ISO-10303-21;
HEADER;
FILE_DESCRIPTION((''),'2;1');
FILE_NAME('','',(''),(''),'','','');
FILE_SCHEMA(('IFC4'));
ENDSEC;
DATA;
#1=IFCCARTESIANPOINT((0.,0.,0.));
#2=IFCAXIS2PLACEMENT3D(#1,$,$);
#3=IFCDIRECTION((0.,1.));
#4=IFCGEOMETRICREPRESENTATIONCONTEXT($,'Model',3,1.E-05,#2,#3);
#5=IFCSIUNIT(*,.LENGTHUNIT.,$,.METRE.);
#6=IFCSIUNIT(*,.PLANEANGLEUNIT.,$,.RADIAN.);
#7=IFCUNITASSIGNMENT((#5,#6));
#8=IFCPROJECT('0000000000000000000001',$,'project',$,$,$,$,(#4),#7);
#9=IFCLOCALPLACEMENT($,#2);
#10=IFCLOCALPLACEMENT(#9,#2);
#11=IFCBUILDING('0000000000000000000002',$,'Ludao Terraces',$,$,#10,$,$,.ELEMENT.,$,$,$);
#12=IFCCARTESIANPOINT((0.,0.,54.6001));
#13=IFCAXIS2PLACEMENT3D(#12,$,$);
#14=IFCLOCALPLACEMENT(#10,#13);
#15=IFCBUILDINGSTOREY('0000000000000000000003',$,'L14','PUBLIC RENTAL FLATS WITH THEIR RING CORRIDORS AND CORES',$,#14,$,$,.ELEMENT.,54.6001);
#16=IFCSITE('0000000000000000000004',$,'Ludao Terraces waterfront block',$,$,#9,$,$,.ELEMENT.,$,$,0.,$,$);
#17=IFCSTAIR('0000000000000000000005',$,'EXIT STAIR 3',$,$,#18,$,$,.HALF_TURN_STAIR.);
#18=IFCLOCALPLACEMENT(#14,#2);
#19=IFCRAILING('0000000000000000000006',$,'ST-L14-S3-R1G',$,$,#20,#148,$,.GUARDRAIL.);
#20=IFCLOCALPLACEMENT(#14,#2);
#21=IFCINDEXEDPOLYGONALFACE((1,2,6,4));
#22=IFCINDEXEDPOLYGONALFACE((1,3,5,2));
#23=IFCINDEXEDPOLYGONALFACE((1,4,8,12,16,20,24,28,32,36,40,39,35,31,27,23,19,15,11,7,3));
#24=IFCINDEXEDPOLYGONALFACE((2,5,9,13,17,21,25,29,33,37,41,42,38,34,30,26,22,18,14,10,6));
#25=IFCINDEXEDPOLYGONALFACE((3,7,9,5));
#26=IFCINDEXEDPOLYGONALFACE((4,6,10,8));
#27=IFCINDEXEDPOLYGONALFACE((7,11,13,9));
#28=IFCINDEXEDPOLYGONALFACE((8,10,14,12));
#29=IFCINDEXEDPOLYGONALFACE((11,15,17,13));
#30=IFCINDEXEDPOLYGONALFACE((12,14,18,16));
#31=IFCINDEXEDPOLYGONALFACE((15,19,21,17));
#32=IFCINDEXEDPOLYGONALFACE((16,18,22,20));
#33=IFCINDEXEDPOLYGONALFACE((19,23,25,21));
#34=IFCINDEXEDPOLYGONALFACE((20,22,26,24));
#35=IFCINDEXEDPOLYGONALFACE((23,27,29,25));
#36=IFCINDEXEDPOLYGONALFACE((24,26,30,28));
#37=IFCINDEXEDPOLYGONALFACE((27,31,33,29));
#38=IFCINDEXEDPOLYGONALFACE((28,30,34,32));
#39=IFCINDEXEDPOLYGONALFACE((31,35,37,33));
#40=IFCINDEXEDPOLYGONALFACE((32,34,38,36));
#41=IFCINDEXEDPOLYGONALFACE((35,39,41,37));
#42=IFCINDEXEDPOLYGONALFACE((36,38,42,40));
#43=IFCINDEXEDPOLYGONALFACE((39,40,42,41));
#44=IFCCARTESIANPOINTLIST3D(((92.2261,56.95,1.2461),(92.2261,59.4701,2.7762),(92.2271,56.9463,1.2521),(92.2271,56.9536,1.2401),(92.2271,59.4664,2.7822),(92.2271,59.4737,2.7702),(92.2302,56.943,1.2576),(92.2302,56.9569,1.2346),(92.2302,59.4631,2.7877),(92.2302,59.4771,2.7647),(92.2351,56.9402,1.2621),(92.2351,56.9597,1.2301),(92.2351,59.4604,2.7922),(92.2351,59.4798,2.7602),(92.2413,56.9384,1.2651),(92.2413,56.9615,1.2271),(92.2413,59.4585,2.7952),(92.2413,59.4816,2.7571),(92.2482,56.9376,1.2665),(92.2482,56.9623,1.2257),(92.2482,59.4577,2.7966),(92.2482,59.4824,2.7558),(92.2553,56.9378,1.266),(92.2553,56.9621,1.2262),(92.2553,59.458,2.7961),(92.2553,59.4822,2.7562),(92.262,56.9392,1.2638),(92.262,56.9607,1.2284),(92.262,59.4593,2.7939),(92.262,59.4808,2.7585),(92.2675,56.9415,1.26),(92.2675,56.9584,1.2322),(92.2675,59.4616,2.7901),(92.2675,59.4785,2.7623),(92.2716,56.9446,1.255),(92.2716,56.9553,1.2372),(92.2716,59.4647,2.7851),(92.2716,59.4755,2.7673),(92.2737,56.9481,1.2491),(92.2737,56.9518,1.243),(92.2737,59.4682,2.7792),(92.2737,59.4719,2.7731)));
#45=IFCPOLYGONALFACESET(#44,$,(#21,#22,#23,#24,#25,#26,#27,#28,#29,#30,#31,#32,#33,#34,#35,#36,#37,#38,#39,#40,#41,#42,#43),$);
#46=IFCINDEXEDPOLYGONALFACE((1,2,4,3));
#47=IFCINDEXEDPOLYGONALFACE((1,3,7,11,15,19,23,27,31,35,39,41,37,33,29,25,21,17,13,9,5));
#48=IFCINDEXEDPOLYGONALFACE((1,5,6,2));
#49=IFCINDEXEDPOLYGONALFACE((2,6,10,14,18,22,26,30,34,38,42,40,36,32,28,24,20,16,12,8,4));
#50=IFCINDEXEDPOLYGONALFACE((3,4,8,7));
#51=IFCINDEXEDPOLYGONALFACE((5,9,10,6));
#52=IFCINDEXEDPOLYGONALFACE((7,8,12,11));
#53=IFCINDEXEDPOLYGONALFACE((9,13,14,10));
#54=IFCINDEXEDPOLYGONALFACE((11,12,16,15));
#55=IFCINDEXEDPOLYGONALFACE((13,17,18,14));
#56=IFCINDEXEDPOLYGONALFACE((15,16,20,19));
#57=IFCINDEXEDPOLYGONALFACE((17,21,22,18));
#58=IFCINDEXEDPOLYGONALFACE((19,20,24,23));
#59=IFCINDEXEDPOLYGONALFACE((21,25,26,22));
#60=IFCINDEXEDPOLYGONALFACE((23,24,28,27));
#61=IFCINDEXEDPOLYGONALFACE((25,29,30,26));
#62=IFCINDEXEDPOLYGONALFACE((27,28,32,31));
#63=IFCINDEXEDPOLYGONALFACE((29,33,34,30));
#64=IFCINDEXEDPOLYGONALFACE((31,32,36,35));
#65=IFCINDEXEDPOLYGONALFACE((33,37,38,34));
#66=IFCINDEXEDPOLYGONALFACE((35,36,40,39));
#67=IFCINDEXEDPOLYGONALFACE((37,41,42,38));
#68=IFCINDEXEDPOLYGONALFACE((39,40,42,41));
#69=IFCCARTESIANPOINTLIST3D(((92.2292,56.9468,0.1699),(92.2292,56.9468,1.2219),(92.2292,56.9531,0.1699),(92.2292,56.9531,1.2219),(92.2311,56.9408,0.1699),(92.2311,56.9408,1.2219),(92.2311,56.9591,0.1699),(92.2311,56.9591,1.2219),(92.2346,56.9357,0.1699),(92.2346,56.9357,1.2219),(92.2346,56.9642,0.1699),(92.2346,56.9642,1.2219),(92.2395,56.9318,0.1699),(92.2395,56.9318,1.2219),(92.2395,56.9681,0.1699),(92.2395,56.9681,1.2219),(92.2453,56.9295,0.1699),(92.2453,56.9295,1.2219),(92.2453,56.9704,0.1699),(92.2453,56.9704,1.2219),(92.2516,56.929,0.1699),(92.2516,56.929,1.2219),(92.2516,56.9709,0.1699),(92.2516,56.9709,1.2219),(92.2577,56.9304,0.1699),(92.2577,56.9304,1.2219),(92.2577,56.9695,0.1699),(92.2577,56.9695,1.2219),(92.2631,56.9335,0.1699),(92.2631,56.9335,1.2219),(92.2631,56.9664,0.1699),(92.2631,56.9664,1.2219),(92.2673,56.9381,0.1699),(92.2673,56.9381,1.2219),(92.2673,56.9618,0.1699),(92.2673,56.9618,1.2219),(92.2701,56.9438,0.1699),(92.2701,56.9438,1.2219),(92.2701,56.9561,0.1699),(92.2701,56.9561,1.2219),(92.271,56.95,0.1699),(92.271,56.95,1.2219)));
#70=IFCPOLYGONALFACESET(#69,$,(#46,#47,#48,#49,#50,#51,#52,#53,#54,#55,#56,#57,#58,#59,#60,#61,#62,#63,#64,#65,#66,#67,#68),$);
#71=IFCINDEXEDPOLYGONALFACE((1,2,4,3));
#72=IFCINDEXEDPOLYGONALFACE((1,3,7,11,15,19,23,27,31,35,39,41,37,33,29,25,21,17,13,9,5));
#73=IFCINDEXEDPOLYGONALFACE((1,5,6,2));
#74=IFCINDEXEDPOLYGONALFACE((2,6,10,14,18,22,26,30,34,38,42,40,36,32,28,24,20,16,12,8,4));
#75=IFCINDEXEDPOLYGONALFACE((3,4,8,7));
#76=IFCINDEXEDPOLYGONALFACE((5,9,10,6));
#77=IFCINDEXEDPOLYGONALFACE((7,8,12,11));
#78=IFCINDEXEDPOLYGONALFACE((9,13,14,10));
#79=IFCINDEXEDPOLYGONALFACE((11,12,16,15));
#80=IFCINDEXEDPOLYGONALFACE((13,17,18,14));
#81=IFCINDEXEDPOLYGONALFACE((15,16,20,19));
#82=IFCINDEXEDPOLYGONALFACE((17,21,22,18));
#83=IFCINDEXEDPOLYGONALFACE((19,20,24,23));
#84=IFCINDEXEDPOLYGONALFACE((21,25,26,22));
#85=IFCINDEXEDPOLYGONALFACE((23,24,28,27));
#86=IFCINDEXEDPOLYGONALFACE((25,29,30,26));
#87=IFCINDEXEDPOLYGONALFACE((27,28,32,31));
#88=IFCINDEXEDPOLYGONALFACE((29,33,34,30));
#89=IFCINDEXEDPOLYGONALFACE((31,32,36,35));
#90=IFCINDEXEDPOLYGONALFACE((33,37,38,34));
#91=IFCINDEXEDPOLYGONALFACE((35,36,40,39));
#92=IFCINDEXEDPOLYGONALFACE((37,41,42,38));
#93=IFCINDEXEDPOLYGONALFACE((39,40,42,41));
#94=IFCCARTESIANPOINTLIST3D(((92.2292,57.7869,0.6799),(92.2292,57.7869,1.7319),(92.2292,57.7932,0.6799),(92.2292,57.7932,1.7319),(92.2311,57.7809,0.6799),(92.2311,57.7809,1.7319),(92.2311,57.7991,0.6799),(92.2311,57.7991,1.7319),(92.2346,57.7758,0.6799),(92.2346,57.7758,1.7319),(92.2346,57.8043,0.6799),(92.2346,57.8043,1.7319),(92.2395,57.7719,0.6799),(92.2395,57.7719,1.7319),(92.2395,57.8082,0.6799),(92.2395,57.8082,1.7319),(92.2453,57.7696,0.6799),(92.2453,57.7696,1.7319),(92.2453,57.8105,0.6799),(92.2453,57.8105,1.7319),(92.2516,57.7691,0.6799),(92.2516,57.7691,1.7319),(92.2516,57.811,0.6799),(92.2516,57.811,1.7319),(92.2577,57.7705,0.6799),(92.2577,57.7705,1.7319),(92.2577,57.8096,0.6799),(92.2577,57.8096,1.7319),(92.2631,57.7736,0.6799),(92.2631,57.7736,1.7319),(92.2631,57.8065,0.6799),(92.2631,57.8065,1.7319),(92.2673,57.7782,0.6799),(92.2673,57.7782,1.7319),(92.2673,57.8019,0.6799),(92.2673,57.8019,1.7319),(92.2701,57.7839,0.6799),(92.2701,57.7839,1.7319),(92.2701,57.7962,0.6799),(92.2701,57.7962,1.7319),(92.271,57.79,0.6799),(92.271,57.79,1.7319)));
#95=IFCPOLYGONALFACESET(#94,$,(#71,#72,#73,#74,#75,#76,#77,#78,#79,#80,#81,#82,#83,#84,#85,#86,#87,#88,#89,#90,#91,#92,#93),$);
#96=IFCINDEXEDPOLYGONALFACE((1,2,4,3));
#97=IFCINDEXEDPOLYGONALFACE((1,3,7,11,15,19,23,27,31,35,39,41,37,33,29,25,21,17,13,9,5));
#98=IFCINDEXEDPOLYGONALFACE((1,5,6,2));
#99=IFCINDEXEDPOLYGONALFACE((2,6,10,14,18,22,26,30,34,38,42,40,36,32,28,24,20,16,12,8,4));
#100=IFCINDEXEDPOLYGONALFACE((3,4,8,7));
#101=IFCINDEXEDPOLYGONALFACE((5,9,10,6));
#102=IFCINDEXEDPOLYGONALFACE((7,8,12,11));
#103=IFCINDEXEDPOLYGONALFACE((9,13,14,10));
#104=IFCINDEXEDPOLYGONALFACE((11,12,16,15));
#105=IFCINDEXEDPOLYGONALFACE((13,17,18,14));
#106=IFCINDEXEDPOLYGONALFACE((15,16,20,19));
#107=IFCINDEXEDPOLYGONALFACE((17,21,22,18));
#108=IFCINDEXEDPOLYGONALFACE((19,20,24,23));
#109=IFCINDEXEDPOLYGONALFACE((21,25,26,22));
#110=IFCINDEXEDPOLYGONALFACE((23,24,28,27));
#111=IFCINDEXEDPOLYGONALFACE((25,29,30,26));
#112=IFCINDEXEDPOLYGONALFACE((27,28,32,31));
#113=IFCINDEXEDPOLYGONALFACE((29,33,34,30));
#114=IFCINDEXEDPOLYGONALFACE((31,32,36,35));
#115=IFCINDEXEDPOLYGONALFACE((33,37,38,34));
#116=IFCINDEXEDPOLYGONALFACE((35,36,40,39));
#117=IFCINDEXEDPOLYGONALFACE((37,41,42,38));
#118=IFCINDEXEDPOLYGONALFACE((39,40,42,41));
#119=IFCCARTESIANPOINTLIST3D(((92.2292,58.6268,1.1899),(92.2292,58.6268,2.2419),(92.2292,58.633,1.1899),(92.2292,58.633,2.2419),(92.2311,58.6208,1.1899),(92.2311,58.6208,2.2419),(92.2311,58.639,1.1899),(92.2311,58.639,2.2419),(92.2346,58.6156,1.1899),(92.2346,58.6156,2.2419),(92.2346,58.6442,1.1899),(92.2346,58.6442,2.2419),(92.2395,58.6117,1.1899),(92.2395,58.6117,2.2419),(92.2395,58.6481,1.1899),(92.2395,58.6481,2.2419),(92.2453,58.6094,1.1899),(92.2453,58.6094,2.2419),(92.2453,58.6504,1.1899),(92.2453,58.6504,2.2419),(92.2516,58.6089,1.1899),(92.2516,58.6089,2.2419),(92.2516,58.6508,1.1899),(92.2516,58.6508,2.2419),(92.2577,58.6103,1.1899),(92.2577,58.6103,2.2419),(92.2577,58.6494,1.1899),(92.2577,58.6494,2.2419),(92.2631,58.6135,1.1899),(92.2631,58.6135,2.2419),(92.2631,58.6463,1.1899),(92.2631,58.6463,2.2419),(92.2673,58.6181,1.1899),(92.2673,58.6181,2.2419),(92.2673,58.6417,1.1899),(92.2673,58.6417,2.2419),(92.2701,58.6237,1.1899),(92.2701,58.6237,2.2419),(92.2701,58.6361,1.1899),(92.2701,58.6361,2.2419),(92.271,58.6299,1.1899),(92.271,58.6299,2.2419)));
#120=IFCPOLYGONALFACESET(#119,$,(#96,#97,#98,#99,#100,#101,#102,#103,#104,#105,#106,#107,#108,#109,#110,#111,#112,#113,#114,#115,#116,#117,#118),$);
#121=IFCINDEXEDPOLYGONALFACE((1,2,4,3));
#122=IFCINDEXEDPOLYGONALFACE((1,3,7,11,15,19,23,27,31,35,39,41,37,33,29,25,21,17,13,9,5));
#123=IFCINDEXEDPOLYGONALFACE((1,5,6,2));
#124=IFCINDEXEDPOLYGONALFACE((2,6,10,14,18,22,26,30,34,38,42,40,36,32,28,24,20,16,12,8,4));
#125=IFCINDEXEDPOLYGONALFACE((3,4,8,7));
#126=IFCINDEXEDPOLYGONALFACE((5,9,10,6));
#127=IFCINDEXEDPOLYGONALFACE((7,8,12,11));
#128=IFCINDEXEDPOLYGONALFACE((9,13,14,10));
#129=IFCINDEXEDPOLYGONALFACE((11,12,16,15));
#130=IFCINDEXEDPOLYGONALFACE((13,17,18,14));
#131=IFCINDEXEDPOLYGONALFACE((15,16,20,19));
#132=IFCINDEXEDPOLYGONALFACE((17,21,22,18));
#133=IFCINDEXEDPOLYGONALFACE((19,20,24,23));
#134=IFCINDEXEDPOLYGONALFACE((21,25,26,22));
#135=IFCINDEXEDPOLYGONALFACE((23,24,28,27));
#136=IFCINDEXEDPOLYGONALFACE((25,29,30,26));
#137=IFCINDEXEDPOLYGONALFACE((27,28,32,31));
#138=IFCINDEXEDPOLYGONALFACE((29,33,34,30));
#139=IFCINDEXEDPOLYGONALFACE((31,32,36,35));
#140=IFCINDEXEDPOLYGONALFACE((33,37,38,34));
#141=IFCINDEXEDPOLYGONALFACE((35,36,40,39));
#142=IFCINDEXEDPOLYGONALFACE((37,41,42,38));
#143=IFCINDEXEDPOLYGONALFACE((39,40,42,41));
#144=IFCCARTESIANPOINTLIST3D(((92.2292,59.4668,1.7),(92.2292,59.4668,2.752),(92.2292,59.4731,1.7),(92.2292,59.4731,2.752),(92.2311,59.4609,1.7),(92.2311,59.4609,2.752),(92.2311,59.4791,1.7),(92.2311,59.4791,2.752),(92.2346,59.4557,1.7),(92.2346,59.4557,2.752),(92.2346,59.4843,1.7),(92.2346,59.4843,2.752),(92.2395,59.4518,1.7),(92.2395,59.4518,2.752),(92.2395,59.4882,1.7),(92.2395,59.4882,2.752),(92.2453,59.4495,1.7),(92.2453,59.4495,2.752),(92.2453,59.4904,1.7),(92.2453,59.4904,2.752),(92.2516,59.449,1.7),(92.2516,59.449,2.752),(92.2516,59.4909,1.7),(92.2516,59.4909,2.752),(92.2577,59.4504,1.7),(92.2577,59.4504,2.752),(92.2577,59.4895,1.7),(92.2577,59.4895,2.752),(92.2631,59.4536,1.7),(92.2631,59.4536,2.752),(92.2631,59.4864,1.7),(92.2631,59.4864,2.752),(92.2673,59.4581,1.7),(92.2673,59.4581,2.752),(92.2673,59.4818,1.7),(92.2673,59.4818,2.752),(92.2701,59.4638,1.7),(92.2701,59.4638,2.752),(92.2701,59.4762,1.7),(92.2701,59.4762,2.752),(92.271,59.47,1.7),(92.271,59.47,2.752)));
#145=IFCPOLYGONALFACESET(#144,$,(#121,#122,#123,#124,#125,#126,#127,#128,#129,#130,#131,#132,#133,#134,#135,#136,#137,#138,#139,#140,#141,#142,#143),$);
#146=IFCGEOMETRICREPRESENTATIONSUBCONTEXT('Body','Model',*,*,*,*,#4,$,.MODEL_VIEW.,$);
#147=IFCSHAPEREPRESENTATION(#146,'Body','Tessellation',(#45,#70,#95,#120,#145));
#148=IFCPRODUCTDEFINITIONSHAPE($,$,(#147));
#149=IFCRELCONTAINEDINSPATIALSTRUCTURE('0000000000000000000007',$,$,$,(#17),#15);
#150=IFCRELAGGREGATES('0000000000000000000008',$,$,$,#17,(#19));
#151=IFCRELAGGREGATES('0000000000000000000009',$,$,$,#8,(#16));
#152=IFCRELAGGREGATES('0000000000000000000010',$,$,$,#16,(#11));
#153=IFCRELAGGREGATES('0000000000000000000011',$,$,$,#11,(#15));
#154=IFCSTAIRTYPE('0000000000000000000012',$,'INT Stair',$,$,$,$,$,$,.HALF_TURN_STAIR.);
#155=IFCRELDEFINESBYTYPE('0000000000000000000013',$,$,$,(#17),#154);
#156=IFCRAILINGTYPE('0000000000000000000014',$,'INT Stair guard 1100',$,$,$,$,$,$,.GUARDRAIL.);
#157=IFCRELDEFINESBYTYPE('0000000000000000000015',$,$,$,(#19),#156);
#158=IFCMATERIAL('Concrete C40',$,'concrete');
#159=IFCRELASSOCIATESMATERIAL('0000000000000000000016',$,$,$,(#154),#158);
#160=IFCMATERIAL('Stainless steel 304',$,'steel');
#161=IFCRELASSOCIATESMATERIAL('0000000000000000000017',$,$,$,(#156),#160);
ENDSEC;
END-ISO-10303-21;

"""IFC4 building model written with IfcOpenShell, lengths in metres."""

from ifc_helpers import new_model, si_unit, direction, frame, origin, origin_2d, place, context, subcontext, project, spatial, circle, extrude, material, type_object, element, aggregate, save


model = new_model("IFC4")

# Units and contexts
model_context = context("Model", 3, precision=1e-05, world=origin(), true_north=direction((0.0, 1.0)))
body_context = subcontext(model_context, "Body", "Model", "MODEL_VIEW")
ifc_project = project(units=[si_unit("LENGTHUNIT", "METRE"), si_unit("PLANEANGLEUNIT", "RADIAN")], contexts=[model_context])

# Site, building, storey
site_placement = place(None, origin())
site = spatial("IfcSite", under=ifc_project, at=site_placement, Name="Ludao Terraces waterfront block", CompositionType="ELEMENT", RefElevation=0.0)
building_placement = place(site_placement, origin())
building = spatial("IfcBuilding", under=site, at=building_placement, Name="Ludao Terraces", CompositionType="ELEMENT")
storey_placement = place(building_placement, frame((0.0, 0.0, 54.6001)))
storey = spatial("IfcBuildingStorey", under=building, at=storey_placement, Name="L14", Description="PUBLIC RENTAL FLATS WITH THEIR RING CORRIDORS AND CORES", CompositionType="ELEMENT", Elevation=54.6001)

# Stair, railing
ifc_material_1 = material(Name="Concrete C40", Category="concrete")
stair_type = type_object("IfcStairType", Name="INT Stair", PredefinedType="HALF_TURN_STAIR", material=ifc_material_1)
stair_placement = place(storey_placement, origin())
stair = element("IfcStair", 1, at=stair_placement, inside=storey, type_object=stair_type, Name="EXIT STAIR 3", PredefinedType="HALF_TURN_STAIR")
ifc_material_2 = material(Name="Stainless steel 304", Category="steel")
railing_type_1 = type_object("IfcRailingType", Name="INT Stair guard 1100", PredefinedType="GUARDRAIL", material=ifc_material_2)
railing_1_placement = place(storey_placement, frame((92.25, 56.95, 0.1699)))
railing_1 = element("IfcRailing", 2, at=railing_1_placement, type_object=railing_type_1, Name="ST-L14-S3-R1G", PredefinedType="GUARDRAIL", context=body_context, shape_type="SweptSolid", body=[
    extrude(circle(Radius=0.0239, at=origin_2d()), frame((0.0, 0.0, 1.0762), z_axis=(0.0, 0.854785, 0.518982), x_axis=(-1.0, 0.0, 0.0)), (0.0, 0.0, 1.0), 2.9482),
    extrude(circle(Radius=0.021, at=origin_2d()), origin(), (0.0, 0.0, 1.0), 1.052),
    extrude(circle(Radius=0.021, at=origin_2d()), frame((0.0, 0.8401, 0.51)), (0.0, 0.0, 1.0), 1.052),
    extrude(circle(Radius=0.021, at=origin_2d()), frame((0.0, 1.6799, 1.02)), (0.0, 0.0, 1.0), 1.052),
    extrude(circle(Radius=0.021, at=origin_2d()), frame((0.0, 2.52, 1.53)), (0.0, 0.0, 1.0), 1.052),
])
aggregate(stair, [railing_1])

save(model, "model.ifc")
